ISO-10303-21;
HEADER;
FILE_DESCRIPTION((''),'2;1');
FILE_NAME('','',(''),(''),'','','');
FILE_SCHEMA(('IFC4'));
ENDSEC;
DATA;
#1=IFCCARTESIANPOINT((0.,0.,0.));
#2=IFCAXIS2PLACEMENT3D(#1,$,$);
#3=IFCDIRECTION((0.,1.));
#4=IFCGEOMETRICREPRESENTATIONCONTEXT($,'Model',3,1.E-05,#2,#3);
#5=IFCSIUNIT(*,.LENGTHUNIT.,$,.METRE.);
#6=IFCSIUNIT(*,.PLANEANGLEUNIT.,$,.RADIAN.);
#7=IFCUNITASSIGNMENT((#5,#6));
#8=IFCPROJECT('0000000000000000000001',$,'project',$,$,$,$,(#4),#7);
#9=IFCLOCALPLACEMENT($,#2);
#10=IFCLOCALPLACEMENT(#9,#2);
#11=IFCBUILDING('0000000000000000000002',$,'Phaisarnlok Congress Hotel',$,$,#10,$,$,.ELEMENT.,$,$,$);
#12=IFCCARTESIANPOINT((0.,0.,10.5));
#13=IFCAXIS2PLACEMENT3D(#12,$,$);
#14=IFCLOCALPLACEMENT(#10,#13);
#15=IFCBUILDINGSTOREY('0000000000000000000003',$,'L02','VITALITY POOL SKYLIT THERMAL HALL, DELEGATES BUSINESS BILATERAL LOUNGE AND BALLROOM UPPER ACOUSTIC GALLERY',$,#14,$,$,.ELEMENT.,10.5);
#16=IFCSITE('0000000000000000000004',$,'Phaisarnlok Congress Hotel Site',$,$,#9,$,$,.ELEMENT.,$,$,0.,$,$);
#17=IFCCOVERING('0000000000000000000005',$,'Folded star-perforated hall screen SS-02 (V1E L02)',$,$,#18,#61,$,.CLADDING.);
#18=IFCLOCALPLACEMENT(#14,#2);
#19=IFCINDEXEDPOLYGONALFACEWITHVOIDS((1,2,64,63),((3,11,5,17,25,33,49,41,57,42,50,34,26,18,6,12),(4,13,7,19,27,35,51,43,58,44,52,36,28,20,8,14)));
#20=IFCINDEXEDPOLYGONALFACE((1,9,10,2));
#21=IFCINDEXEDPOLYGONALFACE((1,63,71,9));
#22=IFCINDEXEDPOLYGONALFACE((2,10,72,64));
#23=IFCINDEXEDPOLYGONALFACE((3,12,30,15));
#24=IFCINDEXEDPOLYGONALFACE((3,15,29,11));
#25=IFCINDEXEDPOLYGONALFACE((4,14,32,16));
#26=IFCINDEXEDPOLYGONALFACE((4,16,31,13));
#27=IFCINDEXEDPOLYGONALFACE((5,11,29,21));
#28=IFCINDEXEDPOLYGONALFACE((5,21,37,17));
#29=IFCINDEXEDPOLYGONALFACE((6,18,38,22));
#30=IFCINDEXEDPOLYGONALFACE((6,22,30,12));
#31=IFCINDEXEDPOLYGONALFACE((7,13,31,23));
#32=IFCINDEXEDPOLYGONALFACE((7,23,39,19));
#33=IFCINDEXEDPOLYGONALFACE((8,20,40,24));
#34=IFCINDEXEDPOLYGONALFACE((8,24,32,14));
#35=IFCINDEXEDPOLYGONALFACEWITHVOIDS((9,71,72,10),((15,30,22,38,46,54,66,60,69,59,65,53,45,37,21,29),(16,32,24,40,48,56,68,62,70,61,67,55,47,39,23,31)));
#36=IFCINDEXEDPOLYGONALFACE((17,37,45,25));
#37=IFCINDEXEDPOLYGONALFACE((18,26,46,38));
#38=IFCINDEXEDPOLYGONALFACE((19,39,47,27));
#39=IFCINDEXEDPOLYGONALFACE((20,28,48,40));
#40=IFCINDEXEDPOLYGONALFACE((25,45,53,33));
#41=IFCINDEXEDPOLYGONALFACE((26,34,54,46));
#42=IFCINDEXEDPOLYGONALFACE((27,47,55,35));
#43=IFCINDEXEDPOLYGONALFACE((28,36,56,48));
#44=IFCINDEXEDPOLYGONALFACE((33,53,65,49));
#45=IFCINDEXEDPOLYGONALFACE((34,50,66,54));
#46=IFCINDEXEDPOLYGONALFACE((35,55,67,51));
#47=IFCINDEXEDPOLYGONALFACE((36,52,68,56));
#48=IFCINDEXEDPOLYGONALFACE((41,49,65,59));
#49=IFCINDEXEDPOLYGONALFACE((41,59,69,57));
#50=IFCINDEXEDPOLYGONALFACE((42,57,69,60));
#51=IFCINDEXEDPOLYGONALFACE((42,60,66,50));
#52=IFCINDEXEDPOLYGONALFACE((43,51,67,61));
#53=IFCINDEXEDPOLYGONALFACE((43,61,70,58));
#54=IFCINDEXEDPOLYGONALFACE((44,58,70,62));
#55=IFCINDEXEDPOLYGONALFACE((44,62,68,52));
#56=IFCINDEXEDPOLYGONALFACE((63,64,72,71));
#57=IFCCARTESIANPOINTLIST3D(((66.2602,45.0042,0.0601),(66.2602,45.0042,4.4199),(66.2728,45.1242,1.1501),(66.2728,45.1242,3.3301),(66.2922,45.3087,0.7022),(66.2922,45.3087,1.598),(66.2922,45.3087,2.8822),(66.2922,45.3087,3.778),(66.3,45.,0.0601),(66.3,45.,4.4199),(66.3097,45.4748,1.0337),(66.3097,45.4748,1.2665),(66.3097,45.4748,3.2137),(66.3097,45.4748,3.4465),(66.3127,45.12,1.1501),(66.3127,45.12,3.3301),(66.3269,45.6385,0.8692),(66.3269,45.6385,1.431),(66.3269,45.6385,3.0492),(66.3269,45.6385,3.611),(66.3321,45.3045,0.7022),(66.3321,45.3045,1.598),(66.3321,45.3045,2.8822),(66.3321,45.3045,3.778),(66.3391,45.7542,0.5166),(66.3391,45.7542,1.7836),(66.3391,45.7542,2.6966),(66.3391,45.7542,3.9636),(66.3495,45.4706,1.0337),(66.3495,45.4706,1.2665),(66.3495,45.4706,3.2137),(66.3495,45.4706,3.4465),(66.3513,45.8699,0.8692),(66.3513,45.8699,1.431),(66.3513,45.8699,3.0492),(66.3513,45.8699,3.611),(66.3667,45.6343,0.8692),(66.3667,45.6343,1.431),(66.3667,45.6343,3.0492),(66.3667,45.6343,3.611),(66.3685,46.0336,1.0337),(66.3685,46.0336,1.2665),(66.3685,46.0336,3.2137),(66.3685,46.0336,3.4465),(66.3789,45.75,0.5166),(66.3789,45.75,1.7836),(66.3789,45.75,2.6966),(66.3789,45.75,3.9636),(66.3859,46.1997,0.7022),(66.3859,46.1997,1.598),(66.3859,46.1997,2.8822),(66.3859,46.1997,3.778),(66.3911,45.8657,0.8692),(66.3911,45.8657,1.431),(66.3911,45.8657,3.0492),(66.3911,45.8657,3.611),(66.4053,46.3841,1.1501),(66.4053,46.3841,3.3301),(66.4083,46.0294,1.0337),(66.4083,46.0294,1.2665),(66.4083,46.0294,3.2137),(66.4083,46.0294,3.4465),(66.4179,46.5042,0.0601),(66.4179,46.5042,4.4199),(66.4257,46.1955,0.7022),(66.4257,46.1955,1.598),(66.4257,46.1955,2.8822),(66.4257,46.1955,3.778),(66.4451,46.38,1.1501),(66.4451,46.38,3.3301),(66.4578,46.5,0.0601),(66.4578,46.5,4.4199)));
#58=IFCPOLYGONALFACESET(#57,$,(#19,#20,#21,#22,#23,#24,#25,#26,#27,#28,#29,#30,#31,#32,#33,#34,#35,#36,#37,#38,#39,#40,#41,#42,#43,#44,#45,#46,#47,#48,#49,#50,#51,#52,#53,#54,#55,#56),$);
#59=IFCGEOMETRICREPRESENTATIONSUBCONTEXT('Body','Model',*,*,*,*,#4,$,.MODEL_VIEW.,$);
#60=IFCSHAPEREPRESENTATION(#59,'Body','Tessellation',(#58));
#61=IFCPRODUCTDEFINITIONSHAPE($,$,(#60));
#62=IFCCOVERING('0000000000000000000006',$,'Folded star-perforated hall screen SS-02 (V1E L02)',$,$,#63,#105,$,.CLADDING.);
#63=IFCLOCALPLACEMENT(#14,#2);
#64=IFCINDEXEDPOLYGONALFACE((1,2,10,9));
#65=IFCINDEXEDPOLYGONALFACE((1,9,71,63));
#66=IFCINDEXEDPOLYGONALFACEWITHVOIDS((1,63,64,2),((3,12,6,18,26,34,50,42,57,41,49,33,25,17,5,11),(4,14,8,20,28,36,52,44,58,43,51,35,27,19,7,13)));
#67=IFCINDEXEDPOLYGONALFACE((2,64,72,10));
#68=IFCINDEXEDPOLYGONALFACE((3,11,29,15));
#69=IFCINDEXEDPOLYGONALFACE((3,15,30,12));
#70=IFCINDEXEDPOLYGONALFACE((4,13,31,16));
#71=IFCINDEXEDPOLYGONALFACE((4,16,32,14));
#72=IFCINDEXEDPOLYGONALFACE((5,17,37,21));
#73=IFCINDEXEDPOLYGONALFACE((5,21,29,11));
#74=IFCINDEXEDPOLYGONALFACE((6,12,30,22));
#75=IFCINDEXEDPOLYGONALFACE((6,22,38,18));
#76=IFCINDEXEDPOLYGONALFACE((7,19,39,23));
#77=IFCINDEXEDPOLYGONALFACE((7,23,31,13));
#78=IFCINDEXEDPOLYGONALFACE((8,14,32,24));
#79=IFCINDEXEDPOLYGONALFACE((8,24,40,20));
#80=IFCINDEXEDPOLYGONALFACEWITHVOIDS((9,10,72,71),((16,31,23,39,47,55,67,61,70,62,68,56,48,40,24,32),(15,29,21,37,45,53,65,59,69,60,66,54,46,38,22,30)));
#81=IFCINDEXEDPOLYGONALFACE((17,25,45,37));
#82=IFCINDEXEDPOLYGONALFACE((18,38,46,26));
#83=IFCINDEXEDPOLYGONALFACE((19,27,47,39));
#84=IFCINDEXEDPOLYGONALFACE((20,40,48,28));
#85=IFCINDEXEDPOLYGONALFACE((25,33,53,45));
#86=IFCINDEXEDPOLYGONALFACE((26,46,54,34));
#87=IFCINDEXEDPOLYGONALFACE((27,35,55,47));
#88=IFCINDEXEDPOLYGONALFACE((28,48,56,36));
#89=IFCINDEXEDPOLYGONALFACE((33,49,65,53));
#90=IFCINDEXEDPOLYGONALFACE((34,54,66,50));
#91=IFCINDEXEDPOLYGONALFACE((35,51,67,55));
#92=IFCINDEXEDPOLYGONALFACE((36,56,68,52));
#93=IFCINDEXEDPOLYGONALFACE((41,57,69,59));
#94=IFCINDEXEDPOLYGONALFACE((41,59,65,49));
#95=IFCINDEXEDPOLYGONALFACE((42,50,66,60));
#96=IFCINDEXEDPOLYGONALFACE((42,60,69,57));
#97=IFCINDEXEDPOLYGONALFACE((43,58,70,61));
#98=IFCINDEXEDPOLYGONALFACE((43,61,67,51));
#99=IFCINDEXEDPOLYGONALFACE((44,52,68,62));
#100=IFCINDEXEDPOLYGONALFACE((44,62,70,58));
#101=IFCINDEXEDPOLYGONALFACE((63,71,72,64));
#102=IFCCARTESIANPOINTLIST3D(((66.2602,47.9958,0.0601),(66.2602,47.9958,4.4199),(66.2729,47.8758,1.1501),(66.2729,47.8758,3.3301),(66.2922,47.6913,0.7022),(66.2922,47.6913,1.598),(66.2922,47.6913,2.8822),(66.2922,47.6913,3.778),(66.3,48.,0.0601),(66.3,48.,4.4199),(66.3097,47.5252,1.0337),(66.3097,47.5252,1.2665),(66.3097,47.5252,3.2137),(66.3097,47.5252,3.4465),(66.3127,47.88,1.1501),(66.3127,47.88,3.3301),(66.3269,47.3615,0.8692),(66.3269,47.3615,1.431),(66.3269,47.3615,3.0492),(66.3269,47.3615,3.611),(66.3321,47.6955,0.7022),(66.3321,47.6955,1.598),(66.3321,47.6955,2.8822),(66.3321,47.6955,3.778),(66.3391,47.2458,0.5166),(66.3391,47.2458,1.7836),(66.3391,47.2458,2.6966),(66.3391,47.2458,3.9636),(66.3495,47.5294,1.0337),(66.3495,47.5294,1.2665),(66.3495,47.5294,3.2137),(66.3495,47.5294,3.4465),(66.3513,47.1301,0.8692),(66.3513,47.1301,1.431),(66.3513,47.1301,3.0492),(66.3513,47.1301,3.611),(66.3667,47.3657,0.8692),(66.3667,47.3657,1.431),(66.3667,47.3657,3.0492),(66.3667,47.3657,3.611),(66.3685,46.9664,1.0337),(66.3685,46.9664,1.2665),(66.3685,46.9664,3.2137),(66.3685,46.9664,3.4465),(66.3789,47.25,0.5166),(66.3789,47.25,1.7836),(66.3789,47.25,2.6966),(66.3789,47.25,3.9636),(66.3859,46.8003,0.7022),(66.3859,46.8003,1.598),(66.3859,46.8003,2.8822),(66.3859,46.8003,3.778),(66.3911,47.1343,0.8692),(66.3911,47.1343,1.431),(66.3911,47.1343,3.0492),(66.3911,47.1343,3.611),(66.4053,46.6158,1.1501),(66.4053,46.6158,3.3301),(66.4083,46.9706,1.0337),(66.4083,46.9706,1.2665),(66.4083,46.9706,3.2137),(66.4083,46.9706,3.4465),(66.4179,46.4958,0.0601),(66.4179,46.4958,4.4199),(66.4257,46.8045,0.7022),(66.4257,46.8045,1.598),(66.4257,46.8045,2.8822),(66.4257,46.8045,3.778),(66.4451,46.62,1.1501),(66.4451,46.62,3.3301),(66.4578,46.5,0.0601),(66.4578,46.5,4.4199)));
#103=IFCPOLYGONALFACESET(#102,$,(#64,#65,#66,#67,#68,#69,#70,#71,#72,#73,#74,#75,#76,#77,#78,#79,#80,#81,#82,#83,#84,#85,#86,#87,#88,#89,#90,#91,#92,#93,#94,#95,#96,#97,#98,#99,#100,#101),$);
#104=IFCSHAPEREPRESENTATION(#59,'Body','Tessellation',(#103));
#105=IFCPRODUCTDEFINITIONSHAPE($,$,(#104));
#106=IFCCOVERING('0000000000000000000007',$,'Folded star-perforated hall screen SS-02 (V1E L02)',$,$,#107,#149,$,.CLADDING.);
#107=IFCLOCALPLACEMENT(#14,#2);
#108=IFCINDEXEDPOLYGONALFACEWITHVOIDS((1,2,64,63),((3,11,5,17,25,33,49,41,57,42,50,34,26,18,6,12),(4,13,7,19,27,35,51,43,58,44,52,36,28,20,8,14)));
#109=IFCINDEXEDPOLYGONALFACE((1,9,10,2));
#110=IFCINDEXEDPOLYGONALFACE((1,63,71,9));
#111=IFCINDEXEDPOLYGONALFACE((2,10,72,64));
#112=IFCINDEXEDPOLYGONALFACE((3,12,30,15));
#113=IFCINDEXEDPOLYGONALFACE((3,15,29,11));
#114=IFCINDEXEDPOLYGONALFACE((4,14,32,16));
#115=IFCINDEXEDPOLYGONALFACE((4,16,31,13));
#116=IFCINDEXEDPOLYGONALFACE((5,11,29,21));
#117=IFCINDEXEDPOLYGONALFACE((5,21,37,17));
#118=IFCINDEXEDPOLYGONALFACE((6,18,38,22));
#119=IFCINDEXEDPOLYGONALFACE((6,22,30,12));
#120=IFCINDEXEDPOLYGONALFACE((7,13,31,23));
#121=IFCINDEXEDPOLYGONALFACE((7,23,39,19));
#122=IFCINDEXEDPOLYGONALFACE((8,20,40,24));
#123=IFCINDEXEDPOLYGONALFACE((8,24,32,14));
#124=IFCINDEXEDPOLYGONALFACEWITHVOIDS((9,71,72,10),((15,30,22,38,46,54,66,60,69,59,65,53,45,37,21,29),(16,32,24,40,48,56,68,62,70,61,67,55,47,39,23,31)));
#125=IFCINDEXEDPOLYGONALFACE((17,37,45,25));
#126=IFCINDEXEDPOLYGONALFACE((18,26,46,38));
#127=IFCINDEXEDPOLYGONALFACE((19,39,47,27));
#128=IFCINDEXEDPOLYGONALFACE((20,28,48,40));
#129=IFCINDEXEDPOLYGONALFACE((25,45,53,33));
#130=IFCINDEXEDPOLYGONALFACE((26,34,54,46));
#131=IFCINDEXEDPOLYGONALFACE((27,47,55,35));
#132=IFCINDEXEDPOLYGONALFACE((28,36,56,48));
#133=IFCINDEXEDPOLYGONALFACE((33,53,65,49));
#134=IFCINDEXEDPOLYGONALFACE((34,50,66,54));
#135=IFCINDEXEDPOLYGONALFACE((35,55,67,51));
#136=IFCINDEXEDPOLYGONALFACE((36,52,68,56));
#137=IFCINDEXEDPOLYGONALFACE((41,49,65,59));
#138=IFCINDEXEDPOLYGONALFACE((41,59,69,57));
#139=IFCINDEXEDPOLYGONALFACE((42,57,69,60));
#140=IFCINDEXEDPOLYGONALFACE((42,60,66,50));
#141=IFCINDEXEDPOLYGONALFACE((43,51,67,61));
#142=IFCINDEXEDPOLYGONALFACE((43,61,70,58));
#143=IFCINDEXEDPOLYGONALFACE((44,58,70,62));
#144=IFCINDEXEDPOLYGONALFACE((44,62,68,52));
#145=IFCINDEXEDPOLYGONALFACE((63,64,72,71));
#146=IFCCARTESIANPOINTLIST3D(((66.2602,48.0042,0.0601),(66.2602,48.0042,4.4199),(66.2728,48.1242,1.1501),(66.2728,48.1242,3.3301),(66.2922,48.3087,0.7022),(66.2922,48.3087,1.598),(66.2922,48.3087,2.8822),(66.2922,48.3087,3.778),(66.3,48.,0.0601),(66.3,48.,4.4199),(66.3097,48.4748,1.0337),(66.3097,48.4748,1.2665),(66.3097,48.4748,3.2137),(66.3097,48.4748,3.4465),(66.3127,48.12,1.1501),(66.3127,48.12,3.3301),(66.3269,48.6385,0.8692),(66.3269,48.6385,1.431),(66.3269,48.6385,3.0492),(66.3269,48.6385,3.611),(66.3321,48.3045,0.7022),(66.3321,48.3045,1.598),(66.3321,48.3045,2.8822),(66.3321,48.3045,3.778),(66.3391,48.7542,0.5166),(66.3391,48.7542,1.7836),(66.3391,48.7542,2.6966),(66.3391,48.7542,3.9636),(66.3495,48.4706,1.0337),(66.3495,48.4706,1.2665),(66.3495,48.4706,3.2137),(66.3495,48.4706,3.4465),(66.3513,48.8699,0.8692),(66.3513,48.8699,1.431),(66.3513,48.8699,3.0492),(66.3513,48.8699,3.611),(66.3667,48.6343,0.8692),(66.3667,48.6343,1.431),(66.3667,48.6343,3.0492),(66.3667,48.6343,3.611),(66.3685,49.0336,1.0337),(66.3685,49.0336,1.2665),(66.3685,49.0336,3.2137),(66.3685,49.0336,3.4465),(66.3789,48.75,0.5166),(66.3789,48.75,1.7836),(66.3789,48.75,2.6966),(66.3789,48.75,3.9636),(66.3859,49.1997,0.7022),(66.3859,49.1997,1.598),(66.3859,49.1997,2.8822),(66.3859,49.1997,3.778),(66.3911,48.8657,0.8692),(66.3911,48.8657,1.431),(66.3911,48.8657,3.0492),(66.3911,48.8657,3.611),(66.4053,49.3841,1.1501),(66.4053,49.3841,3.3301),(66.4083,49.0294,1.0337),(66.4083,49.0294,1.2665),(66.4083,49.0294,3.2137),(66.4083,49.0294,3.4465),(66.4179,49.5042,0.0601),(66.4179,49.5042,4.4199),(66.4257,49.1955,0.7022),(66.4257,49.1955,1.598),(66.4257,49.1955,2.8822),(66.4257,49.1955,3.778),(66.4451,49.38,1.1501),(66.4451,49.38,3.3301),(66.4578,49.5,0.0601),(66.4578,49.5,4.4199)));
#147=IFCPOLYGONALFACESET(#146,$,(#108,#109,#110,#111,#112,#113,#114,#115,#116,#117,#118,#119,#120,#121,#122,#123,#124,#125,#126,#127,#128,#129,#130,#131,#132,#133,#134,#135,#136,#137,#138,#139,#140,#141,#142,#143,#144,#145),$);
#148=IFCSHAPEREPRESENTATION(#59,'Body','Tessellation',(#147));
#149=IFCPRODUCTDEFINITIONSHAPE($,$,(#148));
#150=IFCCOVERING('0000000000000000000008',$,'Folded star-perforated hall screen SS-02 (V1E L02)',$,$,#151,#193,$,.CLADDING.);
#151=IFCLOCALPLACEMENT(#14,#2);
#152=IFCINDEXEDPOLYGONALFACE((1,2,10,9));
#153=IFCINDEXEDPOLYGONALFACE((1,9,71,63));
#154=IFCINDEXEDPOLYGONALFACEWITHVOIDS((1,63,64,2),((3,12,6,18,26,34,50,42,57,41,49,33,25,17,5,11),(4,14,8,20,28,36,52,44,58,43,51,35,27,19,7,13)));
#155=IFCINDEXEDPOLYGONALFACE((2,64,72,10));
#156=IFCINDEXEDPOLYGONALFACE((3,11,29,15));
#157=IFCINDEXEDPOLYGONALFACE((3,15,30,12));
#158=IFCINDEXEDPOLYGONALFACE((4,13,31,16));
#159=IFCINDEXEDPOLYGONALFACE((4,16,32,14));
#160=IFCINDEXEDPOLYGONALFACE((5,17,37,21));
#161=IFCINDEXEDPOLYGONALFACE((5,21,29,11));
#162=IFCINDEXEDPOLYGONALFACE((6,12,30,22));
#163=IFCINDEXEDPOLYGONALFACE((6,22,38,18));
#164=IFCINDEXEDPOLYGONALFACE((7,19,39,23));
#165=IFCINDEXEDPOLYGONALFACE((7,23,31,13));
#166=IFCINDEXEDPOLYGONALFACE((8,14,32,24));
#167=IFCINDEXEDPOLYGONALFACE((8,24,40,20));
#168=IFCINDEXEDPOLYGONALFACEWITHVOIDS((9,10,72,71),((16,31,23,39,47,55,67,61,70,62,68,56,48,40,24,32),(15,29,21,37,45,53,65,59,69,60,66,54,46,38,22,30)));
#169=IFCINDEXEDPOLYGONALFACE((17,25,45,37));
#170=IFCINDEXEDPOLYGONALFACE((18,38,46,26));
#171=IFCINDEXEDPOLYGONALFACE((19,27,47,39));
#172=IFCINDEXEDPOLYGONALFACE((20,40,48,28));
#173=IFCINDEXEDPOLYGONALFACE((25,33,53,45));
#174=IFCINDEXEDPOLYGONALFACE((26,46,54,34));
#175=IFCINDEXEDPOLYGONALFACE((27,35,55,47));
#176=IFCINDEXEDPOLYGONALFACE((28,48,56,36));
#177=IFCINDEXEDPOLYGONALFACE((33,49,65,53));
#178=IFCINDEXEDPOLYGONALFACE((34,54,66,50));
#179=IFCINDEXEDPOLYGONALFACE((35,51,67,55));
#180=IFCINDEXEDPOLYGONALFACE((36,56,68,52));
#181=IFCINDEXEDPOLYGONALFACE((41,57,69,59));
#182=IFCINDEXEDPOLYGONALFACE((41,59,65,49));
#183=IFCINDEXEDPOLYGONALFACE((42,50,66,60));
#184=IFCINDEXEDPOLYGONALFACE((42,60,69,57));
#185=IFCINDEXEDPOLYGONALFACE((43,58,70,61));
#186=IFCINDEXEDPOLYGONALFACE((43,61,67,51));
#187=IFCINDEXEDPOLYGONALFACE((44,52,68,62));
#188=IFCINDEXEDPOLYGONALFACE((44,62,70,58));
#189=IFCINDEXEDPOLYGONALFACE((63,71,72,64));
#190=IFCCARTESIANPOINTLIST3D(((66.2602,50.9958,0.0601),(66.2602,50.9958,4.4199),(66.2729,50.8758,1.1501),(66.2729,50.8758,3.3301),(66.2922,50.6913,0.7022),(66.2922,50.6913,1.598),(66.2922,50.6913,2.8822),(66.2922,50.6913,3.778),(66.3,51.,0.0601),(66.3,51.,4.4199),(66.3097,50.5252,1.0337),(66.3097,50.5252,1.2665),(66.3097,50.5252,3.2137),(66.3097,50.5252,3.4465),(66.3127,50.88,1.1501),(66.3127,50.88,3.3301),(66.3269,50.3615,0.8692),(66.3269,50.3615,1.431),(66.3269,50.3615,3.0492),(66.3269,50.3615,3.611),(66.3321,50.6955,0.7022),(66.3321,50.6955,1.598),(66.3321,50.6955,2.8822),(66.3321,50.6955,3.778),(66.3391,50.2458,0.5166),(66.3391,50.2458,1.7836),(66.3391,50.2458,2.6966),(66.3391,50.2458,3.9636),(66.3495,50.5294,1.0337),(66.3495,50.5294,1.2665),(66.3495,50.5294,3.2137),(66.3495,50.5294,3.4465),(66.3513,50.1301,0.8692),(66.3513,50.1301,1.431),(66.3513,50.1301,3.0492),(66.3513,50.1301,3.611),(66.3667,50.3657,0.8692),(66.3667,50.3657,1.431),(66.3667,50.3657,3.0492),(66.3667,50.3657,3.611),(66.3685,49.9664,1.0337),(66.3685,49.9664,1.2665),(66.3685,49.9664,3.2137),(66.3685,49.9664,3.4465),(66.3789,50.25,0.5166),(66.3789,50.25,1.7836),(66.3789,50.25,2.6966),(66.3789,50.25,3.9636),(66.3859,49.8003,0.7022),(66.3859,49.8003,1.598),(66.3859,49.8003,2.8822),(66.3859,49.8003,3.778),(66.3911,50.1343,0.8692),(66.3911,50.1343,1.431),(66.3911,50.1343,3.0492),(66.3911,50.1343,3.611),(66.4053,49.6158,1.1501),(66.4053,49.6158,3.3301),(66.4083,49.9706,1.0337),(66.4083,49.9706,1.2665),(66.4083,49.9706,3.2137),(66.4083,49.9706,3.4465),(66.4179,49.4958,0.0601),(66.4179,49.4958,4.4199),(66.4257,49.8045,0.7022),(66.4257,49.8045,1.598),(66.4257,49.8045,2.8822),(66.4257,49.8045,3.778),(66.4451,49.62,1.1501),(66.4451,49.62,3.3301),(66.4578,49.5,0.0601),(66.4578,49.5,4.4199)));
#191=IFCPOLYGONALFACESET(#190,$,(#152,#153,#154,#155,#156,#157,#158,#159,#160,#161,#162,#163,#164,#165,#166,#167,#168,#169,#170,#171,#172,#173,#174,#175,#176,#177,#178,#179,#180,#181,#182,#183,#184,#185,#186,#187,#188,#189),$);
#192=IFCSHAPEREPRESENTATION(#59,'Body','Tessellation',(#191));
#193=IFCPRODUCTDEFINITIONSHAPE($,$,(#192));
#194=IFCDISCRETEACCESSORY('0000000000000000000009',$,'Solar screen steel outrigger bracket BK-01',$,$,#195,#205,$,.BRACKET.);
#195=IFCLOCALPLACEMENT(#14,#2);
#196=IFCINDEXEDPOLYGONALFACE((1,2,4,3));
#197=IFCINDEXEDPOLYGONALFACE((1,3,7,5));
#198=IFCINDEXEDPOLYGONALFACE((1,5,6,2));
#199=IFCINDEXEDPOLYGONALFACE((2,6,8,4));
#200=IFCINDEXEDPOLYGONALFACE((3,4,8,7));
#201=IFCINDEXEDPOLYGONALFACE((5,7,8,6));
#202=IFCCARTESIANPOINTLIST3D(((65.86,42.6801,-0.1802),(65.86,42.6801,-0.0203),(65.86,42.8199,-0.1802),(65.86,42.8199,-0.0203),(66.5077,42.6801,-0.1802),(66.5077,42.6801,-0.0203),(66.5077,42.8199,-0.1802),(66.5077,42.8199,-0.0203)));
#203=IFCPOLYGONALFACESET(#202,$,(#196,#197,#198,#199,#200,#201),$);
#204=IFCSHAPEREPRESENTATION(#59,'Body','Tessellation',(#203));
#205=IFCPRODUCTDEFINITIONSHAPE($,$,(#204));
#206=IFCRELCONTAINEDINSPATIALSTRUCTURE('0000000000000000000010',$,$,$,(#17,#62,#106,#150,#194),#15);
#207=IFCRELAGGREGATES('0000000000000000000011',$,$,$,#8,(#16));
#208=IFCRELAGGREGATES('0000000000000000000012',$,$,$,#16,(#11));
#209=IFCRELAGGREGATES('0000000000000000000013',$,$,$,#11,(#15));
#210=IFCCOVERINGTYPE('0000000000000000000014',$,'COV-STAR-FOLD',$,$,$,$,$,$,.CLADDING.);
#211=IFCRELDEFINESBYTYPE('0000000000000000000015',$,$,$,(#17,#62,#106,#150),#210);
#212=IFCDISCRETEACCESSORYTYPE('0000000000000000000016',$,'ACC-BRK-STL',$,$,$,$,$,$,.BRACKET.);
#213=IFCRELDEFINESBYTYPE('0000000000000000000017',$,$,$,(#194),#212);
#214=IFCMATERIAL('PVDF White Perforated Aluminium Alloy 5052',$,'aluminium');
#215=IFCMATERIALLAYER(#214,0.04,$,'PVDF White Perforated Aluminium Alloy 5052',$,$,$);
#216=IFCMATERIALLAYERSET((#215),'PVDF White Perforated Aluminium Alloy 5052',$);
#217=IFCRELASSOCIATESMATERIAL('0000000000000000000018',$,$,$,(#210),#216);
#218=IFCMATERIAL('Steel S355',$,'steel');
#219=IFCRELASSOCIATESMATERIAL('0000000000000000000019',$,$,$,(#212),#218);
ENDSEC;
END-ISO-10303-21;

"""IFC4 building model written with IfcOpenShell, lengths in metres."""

from ifc_helpers import new_model, si_unit, direction, frame, origin, origin_2d, place, context, subcontext, project, spatial, polyline, rectangle, outline, extrude, material, layer, layer_set, type_object, element, save


model = new_model("IFC4")

# Units and contexts
model_context = context("Model", 3, precision=1e-05, world=origin(), true_north=direction((0.0, 1.0)))
body_context = subcontext(model_context, "Body", "Model", "MODEL_VIEW")
ifc_project = project(units=[si_unit("LENGTHUNIT", "METRE"), si_unit("PLANEANGLEUNIT", "RADIAN")], contexts=[model_context])

# Site, building, storey
site_placement = place(None, origin())
site = spatial("IfcSite", under=ifc_project, at=site_placement, Name="Phaisarnlok Congress Hotel Site", CompositionType="ELEMENT", RefElevation=0.0)
building_placement = place(site_placement, origin())
building = spatial("IfcBuilding", under=site, at=building_placement, Name="Phaisarnlok Congress Hotel", CompositionType="ELEMENT")
storey_placement = place(building_placement, frame((0.0, 0.0, 10.5)))
storey = spatial("IfcBuildingStorey", under=building, at=storey_placement, Name="L02", Description="VITALITY POOL SKYLIT THERMAL HALL, DELEGATES BUSINESS BILATERAL LOUNGE AND BALLROOM UPPER ACOUSTIC GALLERY", CompositionType="ELEMENT", Elevation=10.5)

# Coverings
ifc_material_1 = material(Name="PVDF White Perforated Aluminium Alloy 5052", Category="aluminium")
ifc_layer = layer(ifc_material_1, 0.04, Name="PVDF White Perforated Aluminium Alloy 5052")
ifc_layer_set = layer_set([ifc_layer], Name="PVDF White Perforated Aluminium Alloy 5052")
covering_type = type_object("IfcCoveringType", Name="COV-STAR-FOLD", PredefinedType="CLADDING", material=ifc_layer_set)
for number, where, z_axis, x_axis, name in (
    (1, (66.4578, 46.5, 0.0601), (-0.994518, 0.104567, 0.0), (-0.104567, -0.994518, 0.0), "Folded star-perforated hall screen SS-02 (V1E L02)"),
    (2, (66.3, 48.0, 0.0601), (-0.994518, -0.104567, 0.0), (0.104567, -0.994518, 0.0), "Folded star-perforated hall screen SS-02 (V1E L02)"),
    (3, (66.4578, 49.5, 0.0601), (-0.994518, 0.104567, 0.0), (-0.104567, -0.994518, 0.0), "Folded star-perforated hall screen SS-02 (V1E L02)"),
    (4, (66.3, 51.0, 0.0601), (-0.994518, -0.104567, 0.0), (0.104567, -0.994518, 0.0), "Folded star-perforated hall screen SS-02 (V1E L02)"),
):
    element("IfcCovering", number, at=place(storey_placement, frame(where, z_axis=z_axis, x_axis=x_axis)), inside=storey, type_object=covering_type, Name=name, PredefinedType="CLADDING", context=body_context, shape_type="SweptSolid", body=[
        extrude(outline(polyline([(0.0, 0.0), (1.5083, 0.0), (1.5083, 4.3599), (0.0, 4.3599), (0.0, 0.0)]), holes=[polyline([(1.0351, 0.9736), (1.2021, 0.6421), (0.8705, 0.8091), (0.7541, 0.4565), (0.6378, 0.8091), (0.3062, 0.6421), (0.4732, 0.9736), (0.1207, 1.09), (0.4732, 1.2064), (0.3062, 1.5379), (0.6378, 1.3709), (0.7541, 1.7235), (0.8705, 1.3709), (1.2021, 1.5379), (1.0351, 1.2064), (1.3876, 1.09), (1.0351, 0.9736)]), polyline([(1.0351, 3.1536), (1.2021, 2.8221), (0.8705, 2.9891), (0.7541, 2.6365), (0.6378, 2.9891), (0.3062, 2.8221), (0.4732, 3.1536), (0.1207, 3.27), (0.4732, 3.3864), (0.3062, 3.7179), (0.6378, 3.5509), (0.7541, 3.9035), (0.8705, 3.5509), (1.2021, 3.7179), (1.0351, 3.3864), (1.3876, 3.27), (1.0351, 3.1536)])]), origin(), (0.0, 0.0, 1.0), 0.04),
    ])

# Discrete accessory
ifc_material_2 = material(Name="Steel S355", Category="steel")
discrete_accessory_type = type_object("IfcDiscreteAccessoryType", Name="ACC-BRK-STL", PredefinedType="BRACKET", material=ifc_material_2)
for number, where, z_axis, x_axis, name in (
    (5, (66.1838, 42.75, -0.1802), (0.0, 0.0, 1.0), (1.0, 0.0, 0.0), "Solar screen steel outrigger bracket BK-01"),
):
    element("IfcDiscreteAccessory", number, at=place(storey_placement, frame(where, z_axis=z_axis, x_axis=x_axis)), inside=storey, type_object=discrete_accessory_type, Name=name, PredefinedType="BRACKET", context=body_context, shape_type="SweptSolid", body=[
        extrude(rectangle(XDim=0.6477, YDim=0.1399, at=origin_2d()), origin(), (0.0, 0.0, 1.0), 0.1599),
    ])

save(model, "model.ifc")
